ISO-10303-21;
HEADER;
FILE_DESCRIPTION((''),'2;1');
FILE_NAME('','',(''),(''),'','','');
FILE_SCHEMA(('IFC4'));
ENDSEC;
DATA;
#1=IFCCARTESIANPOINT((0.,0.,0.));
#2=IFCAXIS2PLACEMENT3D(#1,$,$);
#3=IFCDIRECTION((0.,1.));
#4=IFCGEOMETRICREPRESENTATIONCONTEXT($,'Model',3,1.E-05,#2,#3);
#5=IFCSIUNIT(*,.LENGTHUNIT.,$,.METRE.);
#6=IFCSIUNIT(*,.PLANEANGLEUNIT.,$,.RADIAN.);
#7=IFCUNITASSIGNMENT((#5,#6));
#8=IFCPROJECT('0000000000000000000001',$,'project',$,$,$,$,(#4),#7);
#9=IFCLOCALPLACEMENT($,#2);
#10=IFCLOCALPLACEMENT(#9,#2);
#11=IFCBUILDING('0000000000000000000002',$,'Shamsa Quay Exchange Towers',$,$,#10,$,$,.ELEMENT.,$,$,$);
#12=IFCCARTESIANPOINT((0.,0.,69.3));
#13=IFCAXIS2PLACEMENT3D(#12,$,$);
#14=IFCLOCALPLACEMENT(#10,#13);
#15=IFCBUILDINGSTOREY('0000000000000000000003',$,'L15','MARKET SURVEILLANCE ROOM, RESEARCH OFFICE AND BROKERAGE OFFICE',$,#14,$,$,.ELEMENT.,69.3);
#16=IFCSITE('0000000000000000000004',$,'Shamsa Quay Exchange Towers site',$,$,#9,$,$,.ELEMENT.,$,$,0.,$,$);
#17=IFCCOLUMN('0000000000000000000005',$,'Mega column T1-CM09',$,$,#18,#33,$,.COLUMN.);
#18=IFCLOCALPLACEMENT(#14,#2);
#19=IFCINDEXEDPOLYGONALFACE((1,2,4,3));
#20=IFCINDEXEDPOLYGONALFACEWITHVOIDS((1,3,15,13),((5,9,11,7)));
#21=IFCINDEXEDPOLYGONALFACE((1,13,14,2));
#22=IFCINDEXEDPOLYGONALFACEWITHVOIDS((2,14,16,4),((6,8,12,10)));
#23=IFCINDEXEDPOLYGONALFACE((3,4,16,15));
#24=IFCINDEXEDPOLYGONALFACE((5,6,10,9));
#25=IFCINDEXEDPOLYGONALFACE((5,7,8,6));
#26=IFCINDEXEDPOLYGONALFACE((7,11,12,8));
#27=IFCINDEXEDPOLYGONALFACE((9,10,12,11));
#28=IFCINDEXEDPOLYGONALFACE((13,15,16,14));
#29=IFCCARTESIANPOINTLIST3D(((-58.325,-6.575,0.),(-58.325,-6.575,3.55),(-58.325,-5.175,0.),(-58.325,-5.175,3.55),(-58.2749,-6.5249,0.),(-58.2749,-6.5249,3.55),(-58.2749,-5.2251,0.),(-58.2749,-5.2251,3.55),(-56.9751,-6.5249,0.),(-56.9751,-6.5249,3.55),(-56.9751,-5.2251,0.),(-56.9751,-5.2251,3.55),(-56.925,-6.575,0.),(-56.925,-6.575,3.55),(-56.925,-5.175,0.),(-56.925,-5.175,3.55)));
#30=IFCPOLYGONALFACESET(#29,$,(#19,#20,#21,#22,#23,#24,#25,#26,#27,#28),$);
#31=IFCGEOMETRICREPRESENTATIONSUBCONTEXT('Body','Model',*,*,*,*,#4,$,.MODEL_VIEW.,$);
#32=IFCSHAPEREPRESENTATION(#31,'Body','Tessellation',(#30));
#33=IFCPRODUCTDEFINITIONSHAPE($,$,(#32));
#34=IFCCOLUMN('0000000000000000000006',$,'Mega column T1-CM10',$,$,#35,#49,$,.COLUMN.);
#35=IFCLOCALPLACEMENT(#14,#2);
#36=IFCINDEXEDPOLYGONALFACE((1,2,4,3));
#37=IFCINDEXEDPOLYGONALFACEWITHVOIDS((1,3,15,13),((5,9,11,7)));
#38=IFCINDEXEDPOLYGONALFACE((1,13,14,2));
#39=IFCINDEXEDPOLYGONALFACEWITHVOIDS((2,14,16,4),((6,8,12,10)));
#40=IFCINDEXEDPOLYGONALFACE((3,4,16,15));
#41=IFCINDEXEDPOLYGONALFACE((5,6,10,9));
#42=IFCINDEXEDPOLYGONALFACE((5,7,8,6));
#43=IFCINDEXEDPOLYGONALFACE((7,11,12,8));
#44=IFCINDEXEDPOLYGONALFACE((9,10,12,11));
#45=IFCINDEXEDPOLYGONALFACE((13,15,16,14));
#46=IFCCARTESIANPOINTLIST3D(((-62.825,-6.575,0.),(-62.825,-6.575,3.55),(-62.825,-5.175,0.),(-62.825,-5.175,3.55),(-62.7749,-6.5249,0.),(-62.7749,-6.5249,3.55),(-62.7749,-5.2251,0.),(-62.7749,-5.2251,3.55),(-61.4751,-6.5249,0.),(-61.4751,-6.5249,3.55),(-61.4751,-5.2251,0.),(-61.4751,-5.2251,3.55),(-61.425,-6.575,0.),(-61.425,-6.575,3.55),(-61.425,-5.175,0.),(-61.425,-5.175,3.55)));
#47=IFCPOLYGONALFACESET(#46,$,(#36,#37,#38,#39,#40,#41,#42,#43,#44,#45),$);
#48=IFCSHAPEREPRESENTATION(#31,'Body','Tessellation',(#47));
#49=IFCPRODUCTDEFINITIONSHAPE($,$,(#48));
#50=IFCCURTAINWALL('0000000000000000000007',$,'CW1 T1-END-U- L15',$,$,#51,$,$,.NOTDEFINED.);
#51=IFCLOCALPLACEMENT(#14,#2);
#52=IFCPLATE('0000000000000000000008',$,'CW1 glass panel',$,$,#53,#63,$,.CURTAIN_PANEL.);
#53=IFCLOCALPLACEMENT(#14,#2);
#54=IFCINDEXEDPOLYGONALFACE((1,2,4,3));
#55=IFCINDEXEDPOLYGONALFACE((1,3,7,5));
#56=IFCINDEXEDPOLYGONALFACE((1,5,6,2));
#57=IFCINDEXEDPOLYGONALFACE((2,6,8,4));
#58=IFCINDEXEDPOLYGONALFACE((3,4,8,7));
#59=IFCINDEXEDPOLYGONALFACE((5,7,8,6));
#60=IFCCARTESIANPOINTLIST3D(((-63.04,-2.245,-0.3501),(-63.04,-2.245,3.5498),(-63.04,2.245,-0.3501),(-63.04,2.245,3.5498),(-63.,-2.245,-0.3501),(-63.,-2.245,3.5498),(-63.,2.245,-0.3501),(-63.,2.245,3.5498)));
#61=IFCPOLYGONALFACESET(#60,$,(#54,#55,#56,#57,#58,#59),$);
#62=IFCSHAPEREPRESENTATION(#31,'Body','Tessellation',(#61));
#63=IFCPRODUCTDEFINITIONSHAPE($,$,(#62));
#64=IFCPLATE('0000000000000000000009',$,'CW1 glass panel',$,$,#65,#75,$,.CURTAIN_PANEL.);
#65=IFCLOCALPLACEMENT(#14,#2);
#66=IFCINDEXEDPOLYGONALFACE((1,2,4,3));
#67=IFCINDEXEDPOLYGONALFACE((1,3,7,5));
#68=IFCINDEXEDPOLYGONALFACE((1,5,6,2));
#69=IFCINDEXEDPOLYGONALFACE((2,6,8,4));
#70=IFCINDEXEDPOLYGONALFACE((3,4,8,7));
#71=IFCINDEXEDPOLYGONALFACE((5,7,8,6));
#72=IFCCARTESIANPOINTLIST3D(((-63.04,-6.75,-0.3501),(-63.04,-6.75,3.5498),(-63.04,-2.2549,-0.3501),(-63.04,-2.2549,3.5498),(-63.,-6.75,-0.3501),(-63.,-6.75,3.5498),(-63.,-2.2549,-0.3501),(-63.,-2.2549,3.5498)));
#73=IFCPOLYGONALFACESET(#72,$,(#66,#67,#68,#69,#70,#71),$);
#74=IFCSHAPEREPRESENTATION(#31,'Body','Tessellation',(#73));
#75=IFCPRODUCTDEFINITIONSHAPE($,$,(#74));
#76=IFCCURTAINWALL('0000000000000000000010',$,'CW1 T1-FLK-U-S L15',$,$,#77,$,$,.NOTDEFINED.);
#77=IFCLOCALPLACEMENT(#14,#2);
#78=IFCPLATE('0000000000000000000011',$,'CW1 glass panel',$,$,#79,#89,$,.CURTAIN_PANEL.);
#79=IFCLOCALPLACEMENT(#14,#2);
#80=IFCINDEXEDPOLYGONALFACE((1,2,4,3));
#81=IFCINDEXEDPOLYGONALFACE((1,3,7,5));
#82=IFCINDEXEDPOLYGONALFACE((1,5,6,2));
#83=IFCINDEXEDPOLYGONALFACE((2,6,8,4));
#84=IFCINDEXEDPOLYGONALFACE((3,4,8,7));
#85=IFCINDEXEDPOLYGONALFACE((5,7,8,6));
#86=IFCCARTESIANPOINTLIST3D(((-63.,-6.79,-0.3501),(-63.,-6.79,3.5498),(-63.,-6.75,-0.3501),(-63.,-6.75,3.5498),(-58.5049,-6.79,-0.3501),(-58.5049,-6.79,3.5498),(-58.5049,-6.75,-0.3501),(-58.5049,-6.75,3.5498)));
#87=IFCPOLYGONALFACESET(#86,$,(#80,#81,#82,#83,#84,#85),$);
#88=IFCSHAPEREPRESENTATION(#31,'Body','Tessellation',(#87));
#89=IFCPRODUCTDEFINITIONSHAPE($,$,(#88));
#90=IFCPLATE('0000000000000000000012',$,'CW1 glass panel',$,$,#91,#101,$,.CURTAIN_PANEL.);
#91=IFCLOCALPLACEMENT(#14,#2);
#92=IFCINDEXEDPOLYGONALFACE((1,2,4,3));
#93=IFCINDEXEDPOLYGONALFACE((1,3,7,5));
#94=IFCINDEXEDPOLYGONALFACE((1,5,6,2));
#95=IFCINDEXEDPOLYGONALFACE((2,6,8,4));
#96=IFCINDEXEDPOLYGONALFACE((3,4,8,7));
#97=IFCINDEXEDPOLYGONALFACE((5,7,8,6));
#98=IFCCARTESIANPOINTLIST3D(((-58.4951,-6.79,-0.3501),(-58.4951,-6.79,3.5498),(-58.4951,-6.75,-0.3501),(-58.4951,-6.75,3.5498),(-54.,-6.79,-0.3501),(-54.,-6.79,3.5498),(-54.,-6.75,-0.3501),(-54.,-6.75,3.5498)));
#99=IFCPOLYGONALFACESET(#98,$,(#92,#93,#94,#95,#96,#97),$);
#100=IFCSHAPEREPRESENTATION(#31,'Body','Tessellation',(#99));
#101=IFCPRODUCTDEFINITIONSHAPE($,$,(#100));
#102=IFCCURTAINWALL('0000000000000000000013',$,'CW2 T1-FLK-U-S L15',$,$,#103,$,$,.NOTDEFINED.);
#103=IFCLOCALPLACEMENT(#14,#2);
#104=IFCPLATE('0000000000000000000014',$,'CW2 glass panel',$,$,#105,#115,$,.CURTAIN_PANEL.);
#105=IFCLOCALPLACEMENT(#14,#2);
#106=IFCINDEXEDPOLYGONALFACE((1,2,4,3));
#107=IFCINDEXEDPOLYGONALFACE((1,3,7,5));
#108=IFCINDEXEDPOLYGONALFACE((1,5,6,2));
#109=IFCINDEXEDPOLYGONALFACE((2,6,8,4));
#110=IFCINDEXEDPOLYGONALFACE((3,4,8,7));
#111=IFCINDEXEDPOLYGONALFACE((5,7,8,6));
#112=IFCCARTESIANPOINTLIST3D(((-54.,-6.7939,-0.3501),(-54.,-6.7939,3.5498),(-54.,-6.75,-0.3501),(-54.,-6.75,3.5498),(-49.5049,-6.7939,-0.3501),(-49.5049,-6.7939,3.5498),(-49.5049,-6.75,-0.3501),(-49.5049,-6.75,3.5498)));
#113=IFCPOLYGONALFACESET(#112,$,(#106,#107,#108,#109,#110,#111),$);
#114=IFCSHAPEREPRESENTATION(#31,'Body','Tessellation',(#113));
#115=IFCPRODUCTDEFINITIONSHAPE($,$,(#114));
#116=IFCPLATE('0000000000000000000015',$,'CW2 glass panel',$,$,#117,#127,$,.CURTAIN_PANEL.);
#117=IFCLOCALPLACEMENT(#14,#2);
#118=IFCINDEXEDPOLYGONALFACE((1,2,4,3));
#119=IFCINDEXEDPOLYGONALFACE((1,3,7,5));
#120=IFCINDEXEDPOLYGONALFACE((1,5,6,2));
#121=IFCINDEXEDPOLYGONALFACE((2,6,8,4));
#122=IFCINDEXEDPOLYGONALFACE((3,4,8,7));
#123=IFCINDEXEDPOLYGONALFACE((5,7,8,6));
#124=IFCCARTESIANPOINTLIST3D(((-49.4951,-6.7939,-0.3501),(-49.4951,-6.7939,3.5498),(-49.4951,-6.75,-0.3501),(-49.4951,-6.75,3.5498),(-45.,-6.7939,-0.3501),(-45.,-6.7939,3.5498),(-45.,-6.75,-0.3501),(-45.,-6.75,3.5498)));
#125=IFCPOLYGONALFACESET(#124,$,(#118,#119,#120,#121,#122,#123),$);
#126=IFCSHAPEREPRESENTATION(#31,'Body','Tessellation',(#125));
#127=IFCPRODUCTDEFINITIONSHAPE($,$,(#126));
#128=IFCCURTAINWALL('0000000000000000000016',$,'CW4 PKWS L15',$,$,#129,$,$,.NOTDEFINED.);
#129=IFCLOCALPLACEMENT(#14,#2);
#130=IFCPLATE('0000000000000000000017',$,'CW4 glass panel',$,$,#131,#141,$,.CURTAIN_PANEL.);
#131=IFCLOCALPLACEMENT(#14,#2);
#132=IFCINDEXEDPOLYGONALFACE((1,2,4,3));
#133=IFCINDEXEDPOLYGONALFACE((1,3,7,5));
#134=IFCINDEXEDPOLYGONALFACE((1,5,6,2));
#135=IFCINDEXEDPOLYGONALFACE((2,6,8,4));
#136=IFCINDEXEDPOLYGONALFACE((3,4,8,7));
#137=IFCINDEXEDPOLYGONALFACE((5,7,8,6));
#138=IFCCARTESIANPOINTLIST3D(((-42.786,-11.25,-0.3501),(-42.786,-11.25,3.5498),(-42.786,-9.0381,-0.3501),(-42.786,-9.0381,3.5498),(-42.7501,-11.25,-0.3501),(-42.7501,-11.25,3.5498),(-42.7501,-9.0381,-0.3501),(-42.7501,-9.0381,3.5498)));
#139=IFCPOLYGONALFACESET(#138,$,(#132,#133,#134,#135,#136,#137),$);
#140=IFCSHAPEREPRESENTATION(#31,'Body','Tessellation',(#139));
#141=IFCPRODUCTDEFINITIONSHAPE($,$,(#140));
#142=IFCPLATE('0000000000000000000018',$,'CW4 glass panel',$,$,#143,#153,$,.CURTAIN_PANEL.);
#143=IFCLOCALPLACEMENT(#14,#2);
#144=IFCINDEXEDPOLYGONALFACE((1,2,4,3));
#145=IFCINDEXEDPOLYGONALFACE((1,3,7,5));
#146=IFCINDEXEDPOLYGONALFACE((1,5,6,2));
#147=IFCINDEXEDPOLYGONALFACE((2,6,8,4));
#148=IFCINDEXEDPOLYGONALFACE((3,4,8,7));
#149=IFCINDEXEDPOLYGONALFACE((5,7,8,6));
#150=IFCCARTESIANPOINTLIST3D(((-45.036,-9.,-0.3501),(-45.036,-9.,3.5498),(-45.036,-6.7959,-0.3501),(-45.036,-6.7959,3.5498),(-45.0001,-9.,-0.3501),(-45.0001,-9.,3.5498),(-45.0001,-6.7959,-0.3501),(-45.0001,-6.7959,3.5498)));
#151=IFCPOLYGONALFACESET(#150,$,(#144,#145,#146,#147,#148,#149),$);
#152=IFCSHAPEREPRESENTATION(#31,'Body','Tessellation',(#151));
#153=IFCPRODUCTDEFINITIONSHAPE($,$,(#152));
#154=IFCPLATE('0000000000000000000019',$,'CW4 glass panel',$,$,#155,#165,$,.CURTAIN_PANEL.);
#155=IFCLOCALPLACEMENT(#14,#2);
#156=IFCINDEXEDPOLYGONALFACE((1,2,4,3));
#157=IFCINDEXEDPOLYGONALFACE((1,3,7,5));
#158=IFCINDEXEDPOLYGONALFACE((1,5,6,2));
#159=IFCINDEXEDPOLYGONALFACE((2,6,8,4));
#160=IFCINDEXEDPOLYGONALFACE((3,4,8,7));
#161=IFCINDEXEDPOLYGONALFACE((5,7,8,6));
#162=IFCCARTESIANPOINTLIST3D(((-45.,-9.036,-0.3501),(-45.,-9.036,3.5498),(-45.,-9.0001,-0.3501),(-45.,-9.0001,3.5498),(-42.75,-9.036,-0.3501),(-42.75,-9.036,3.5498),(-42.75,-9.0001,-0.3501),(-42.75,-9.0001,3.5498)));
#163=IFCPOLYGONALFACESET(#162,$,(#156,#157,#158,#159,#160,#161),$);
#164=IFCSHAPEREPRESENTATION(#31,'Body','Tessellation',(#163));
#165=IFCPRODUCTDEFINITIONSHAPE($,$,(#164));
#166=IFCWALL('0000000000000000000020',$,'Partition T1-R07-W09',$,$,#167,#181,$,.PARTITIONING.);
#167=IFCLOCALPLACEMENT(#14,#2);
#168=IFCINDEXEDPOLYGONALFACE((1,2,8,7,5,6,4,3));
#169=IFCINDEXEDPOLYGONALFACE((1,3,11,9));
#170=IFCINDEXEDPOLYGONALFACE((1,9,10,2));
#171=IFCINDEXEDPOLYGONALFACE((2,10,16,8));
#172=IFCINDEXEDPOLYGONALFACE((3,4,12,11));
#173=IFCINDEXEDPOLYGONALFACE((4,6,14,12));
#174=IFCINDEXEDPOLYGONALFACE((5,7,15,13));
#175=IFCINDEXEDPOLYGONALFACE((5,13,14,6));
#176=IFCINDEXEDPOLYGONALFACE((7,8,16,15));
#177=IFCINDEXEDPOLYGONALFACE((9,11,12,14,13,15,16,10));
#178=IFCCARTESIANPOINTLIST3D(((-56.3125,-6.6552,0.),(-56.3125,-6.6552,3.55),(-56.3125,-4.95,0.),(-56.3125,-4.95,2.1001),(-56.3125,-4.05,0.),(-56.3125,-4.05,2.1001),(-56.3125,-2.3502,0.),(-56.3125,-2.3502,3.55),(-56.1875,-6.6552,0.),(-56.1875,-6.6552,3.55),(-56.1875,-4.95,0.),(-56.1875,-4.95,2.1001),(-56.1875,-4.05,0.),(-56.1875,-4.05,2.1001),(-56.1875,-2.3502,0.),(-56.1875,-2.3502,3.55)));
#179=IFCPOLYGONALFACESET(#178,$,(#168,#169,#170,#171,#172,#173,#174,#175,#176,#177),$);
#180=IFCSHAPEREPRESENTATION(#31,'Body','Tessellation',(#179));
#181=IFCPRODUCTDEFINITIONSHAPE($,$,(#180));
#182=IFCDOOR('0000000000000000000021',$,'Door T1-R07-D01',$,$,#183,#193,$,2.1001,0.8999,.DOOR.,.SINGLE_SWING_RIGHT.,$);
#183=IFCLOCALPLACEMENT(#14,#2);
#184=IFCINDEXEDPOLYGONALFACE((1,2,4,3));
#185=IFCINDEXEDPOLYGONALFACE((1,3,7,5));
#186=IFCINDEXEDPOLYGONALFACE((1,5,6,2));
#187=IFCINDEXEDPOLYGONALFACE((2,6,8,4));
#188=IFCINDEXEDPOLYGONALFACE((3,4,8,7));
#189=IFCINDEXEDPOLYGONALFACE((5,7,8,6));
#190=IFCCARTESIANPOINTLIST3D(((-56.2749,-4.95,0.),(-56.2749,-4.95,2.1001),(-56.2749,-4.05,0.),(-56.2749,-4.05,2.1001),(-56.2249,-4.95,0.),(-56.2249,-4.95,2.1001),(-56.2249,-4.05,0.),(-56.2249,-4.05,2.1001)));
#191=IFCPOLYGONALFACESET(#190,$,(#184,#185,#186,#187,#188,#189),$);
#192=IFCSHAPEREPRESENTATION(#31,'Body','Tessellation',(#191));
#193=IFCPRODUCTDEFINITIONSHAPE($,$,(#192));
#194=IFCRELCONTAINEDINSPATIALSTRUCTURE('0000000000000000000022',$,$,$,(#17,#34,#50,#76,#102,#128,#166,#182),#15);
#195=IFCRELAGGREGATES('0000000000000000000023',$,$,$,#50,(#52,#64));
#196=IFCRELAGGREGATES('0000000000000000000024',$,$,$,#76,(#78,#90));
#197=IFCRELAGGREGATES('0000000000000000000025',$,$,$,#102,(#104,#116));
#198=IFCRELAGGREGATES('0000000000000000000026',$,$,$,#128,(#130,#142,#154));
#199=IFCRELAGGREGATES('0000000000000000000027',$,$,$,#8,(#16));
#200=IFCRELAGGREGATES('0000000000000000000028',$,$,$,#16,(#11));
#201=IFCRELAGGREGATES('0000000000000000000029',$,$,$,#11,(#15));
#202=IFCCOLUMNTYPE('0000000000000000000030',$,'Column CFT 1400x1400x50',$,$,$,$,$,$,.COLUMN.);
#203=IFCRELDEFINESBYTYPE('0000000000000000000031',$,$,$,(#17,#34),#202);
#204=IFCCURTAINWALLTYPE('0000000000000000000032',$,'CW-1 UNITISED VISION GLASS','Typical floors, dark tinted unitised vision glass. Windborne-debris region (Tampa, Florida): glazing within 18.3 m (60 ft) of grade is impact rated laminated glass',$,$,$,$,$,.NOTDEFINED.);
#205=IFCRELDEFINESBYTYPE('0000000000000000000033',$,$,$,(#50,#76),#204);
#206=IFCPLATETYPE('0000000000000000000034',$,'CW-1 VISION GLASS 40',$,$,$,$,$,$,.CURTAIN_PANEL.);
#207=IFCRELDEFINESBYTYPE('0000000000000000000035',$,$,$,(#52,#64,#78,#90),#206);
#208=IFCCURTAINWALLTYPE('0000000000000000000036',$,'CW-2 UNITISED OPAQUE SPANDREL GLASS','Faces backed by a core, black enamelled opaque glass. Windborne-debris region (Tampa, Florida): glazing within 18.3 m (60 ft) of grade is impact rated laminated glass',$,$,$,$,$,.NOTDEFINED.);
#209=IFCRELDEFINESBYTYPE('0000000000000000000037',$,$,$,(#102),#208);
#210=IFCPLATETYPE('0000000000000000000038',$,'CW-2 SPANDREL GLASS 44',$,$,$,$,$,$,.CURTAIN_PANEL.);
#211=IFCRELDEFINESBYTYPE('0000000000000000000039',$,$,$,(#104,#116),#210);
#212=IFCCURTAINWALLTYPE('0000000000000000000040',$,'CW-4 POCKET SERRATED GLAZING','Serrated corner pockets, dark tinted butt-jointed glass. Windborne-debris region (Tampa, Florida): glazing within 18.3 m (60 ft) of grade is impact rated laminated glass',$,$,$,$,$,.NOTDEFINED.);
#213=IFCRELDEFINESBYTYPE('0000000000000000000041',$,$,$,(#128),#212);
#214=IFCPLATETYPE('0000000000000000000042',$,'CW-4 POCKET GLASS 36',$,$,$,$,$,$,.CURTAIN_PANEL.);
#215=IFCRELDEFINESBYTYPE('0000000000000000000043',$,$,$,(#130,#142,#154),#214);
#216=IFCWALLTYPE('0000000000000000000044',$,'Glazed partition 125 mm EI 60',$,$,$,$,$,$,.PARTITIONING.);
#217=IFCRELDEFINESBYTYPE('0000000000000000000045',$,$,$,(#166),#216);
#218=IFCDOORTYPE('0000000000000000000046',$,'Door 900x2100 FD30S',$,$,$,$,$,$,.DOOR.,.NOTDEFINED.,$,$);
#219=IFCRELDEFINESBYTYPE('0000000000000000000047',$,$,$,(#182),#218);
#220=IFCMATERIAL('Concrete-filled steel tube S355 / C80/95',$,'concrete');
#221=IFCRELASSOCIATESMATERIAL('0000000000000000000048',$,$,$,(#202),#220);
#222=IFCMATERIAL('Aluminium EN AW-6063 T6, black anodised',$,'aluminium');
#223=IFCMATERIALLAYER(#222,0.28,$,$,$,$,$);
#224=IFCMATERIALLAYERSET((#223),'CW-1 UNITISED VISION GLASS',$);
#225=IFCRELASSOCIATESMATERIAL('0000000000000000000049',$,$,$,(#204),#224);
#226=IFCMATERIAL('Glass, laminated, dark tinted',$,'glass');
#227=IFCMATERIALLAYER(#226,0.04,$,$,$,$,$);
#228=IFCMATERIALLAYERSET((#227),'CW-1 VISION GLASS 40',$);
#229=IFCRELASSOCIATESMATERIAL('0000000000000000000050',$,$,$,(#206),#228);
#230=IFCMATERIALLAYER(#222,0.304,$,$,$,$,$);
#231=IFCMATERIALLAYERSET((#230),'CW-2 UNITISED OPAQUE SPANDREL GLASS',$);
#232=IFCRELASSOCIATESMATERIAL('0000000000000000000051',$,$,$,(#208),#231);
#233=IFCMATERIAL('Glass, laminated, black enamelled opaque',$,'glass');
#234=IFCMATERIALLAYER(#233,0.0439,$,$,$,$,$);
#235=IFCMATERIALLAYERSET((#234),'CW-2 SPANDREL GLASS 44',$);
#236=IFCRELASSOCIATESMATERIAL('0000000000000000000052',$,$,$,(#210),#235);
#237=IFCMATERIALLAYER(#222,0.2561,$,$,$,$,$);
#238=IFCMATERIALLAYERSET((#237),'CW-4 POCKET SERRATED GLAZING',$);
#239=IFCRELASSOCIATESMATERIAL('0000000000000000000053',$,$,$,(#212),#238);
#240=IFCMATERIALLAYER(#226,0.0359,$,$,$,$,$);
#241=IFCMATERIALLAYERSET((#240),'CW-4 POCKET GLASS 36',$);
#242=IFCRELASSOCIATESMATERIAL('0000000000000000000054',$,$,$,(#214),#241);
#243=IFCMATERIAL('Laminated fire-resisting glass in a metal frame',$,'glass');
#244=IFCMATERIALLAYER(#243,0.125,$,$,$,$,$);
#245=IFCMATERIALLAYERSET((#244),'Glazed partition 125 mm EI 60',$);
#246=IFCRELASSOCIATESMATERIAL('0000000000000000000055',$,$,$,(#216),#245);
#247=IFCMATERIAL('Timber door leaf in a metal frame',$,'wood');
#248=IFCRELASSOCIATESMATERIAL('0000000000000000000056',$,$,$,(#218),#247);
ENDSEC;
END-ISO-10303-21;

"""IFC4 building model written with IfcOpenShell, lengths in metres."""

from ifc_helpers import new_model, si_unit, direction, frame, frame_2d, origin, origin_2d, place, context, subcontext, project, spatial, rectangle, hollow_rectangle, extrude, material, layer, layer_set, material_profile, profile_set, type_object, element, fill, aggregate, save


model = new_model("IFC4")

# Units and contexts
model_context = context("Model", 3, precision=1e-05, world=origin(), true_north=direction((0.0, 1.0)))
body_context = subcontext(model_context, "Body", "Model", "MODEL_VIEW")
ifc_project = project(units=[si_unit("LENGTHUNIT", "METRE"), si_unit("PLANEANGLEUNIT", "RADIAN")], contexts=[model_context])

# Site, building, storey
site_placement = place(None, origin())
site = spatial("IfcSite", under=ifc_project, at=site_placement, Name="Shamsa Quay Exchange Towers site", CompositionType="ELEMENT", RefElevation=0.0)
building_placement = place(site_placement, origin())
building = spatial("IfcBuilding", under=site, at=building_placement, Name="Shamsa Quay Exchange Towers", CompositionType="ELEMENT")
storey_placement = place(building_placement, frame((0.0, 0.0, 69.3)))
storey = spatial("IfcBuildingStorey", under=building, at=storey_placement, Name="L15", Description="MARKET SURVEILLANCE ROOM, RESEARCH OFFICE AND BROKERAGE OFFICE", CompositionType="ELEMENT", Elevation=69.3)

# Columns
ifc_material_1 = material(Name="Concrete-filled steel tube S355 / C80/95", Category="concrete")
ifc_material_profile = material_profile(ifc_material_1, hollow_rectangle(XDim=1.3999, YDim=1.3999, WallThickness=0.05, at=origin_2d()), Name="CFT 1400x1400x50")
ifc_profile_set = profile_set([ifc_material_profile], Name="Concrete-filled steel tube S355 / C80/95")
column_type = type_object("IfcColumnType", Name="Column CFT 1400x1400x50", PredefinedType="COLUMN", material=ifc_profile_set)
for number, where, name in (
    (1, (-57.625, -5.875, 0.0), "Mega column T1-CM09"),
    (2, (-62.125, -5.875, 0.0), "Mega column T1-CM10"),
):
    element("IfcColumn", number, at=place(storey_placement, frame(where)), inside=storey, type_object=column_type, Name=name, PredefinedType="COLUMN", context=body_context, shape_type="SweptSolid", body=[
        extrude(hollow_rectangle(XDim=1.3999, YDim=1.3999, WallThickness=0.05, at=origin_2d()), origin(), (0.0, 0.0, 1.0), 3.55),
    ])

# Curtain walls, plates
ifc_material_2 = material(Name="Aluminium EN AW-6063 T6, black anodised", Category="aluminium")
ifc_layer_1 = layer(ifc_material_2, 0.28)
ifc_layer_set_1 = layer_set([ifc_layer_1], Name="CW-1 UNITISED VISION GLASS")
curtain_wall_type_1 = type_object("IfcCurtainWallType", Name="CW-1 UNITISED VISION GLASS", Description="Typical floors, dark tinted unitised vision glass. Windborne-debris region (Tampa, Florida): glazing within 18.3 m (60 ft) of grade is impact rated laminated glass", PredefinedType="NOTDEFINED", material=ifc_layer_set_1)
curtain_wall_1_placement = place(storey_placement, origin())
curtain_wall_1 = element("IfcCurtainWall", 3, at=curtain_wall_1_placement, inside=storey, type_object=curtain_wall_type_1, Name="CW1 T1-END-U- L15", PredefinedType="NOTDEFINED")
ifc_material_3 = material(Name="Glass, laminated, dark tinted", Category="glass")
ifc_layer_2 = layer(ifc_material_3, 0.04)
ifc_layer_set_2 = layer_set([ifc_layer_2], Name="CW-1 VISION GLASS 40")
plate_type_1 = type_object("IfcPlateType", Name="CW-1 VISION GLASS 40", PredefinedType="CURTAIN_PANEL", material=ifc_layer_set_2)
plate_1_placement = place(storey_placement, frame((-63.02, 0.0, -0.3501), z_axis=(0.0, 0.0, 1.0), x_axis=(0.0, -1.0, 0.0)))
plate_1 = element("IfcPlate", 4, at=plate_1_placement, type_object=plate_type_1, Name="CW1 glass panel", PredefinedType="CURTAIN_PANEL", context=body_context, shape_type="SweptSolid", body=[
    extrude(rectangle(XDim=4.49, YDim=0.04, at=origin_2d()), origin(), (0.0, 0.0, 1.0), 3.8999),
])
plate_2_placement = place(storey_placement, frame((-63.02, -4.5024, -0.3501), z_axis=(0.0, 0.0, 1.0), x_axis=(0.0, -1.0, 0.0)))
plate_2 = element("IfcPlate", 5, at=plate_2_placement, type_object=plate_type_1, Name="CW1 glass panel", PredefinedType="CURTAIN_PANEL", context=body_context, shape_type="SweptSolid", body=[
    extrude(rectangle(XDim=4.4951, YDim=0.04, at=origin_2d()), origin(), (0.0, 0.0, 1.0), 3.8999),
])
aggregate(curtain_wall_1, [plate_1, plate_2])
curtain_wall_2_placement = place(storey_placement, origin())
curtain_wall_2 = element("IfcCurtainWall", 6, at=curtain_wall_2_placement, inside=storey, type_object=curtain_wall_type_1, Name="CW1 T1-FLK-U-S L15", PredefinedType="NOTDEFINED")
plate_3_placement = place(storey_placement, frame((-60.7524, -6.77, -0.3501)))
plate_3 = element("IfcPlate", 7, at=plate_3_placement, type_object=plate_type_1, Name="CW1 glass panel", PredefinedType="CURTAIN_PANEL", context=body_context, shape_type="SweptSolid", body=[
    extrude(rectangle(XDim=4.4951, YDim=0.04, at=origin_2d()), origin(), (0.0, 0.0, 1.0), 3.8999),
])
plate_4_placement = place(storey_placement, frame((-56.2476, -6.77, -0.3501)))
plate_4 = element("IfcPlate", 8, at=plate_4_placement, type_object=plate_type_1, Name="CW1 glass panel", PredefinedType="CURTAIN_PANEL", context=body_context, shape_type="SweptSolid", body=[
    extrude(rectangle(XDim=4.4951, YDim=0.04, at=origin_2d()), origin(), (0.0, 0.0, 1.0), 3.8999),
])
aggregate(curtain_wall_2, [plate_3, plate_4])
ifc_layer_3 = layer(ifc_material_2, 0.304)
ifc_layer_set_3 = layer_set([ifc_layer_3], Name="CW-2 UNITISED OPAQUE SPANDREL GLASS")
curtain_wall_type_2 = type_object("IfcCurtainWallType", Name="CW-2 UNITISED OPAQUE SPANDREL GLASS", Description="Faces backed by a core, black enamelled opaque glass. Windborne-debris region (Tampa, Florida): glazing within 18.3 m (60 ft) of grade is impact rated laminated glass", PredefinedType="NOTDEFINED", material=ifc_layer_set_3)
curtain_wall_3_placement = place(storey_placement, origin())
curtain_wall_3 = element("IfcCurtainWall", 9, at=curtain_wall_3_placement, inside=storey, type_object=curtain_wall_type_2, Name="CW2 T1-FLK-U-S L15", PredefinedType="NOTDEFINED")
ifc_material_4 = material(Name="Glass, laminated, black enamelled opaque", Category="glass")
ifc_layer_4 = layer(ifc_material_4, 0.0439)
ifc_layer_set_4 = layer_set([ifc_layer_4], Name="CW-2 SPANDREL GLASS 44")
plate_type_2 = type_object("IfcPlateType", Name="CW-2 SPANDREL GLASS 44", PredefinedType="CURTAIN_PANEL", material=ifc_layer_set_4)
plate_5_placement = place(storey_placement, frame((-51.7524, -6.772, -0.3501)))
plate_5 = element("IfcPlate", 10, at=plate_5_placement, type_object=plate_type_2, Name="CW2 glass panel", PredefinedType="CURTAIN_PANEL", context=body_context, shape_type="SweptSolid", body=[
    extrude(rectangle(XDim=4.4951, YDim=0.0439, at=origin_2d()), origin(), (0.0, 0.0, 1.0), 3.8999),
])
plate_6_placement = place(storey_placement, frame((-47.2476, -6.772, -0.3501)))
plate_6 = element("IfcPlate", 11, at=plate_6_placement, type_object=plate_type_2, Name="CW2 glass panel", PredefinedType="CURTAIN_PANEL", context=body_context, shape_type="SweptSolid", body=[
    extrude(rectangle(XDim=4.4951, YDim=0.0439, at=origin_2d()), origin(), (0.0, 0.0, 1.0), 3.8999),
])
aggregate(curtain_wall_3, [plate_5, plate_6])
ifc_layer_5 = layer(ifc_material_2, 0.2561)
ifc_layer_set_5 = layer_set([ifc_layer_5], Name="CW-4 POCKET SERRATED GLAZING")
curtain_wall_type_3 = type_object("IfcCurtainWallType", Name="CW-4 POCKET SERRATED GLAZING", Description="Serrated corner pockets, dark tinted butt-jointed glass. Windborne-debris region (Tampa, Florida): glazing within 18.3 m (60 ft) of grade is impact rated laminated glass", PredefinedType="NOTDEFINED", material=ifc_layer_set_5)
curtain_wall_4_placement = place(storey_placement, origin())
curtain_wall_4 = element("IfcCurtainWall", 12, at=curtain_wall_4_placement, inside=storey, type_object=curtain_wall_type_3, Name="CW4 PKWS L15", PredefinedType="NOTDEFINED")
ifc_layer_6 = layer(ifc_material_3, 0.0359)
ifc_layer_set_6 = layer_set([ifc_layer_6], Name="CW-4 POCKET GLASS 36")
plate_type_3 = type_object("IfcPlateType", Name="CW-4 POCKET GLASS 36", PredefinedType="CURTAIN_PANEL", material=ifc_layer_set_6)
plate_7_placement = place(storey_placement, frame((-42.7681, -10.144, -0.3501), z_axis=(0.0, 0.0, 1.0), x_axis=(0.0, -1.0, 0.0)))
plate_7 = element("IfcPlate", 13, at=plate_7_placement, type_object=plate_type_3, Name="CW4 glass panel", PredefinedType="CURTAIN_PANEL", context=body_context, shape_type="SweptSolid", body=[
    extrude(rectangle(XDim=2.2119, YDim=0.0359, at=origin_2d()), origin(), (0.0, 0.0, 1.0), 3.8999),
])
plate_8_placement = place(storey_placement, frame((-45.0181, -7.8979, -0.3501), z_axis=(0.0, 0.0, 1.0), x_axis=(0.0, -1.0, 0.0)))
plate_8 = element("IfcPlate", 14, at=plate_8_placement, type_object=plate_type_3, Name="CW4 glass panel", PredefinedType="CURTAIN_PANEL", context=body_context, shape_type="SweptSolid", body=[
    extrude(rectangle(XDim=2.2041, YDim=0.0359, at=origin_2d()), origin(), (0.0, 0.0, 1.0), 3.8999),
])
plate_9_placement = place(storey_placement, frame((-43.875, -9.0181, -0.3501)))
plate_9 = element("IfcPlate", 15, at=plate_9_placement, type_object=plate_type_3, Name="CW4 glass panel", PredefinedType="CURTAIN_PANEL", context=body_context, shape_type="SweptSolid", body=[
    extrude(rectangle(XDim=2.25, YDim=0.0359, at=origin_2d()), origin(), (0.0, 0.0, 1.0), 3.8999),
])
aggregate(curtain_wall_4, [plate_7, plate_8, plate_9])

# Wall, opening, door
ifc_material_5 = material(Name="Laminated fire-resisting glass in a metal frame", Category="glass")
ifc_layer_7 = layer(ifc_material_5, 0.125)
ifc_layer_set_7 = layer_set([ifc_layer_7], Name="Glazed partition 125 mm EI 60")
wall_type_1 = type_object("IfcWallType", Name="Glazed partition 125 mm EI 60", PredefinedType="PARTITIONING", material=ifc_layer_set_7)
wall_1_placement = place(storey_placement, frame((-56.25, -6.655, 0.0), z_axis=(0.0, 0.0, 1.0), x_axis=(0.0, 1.0, 0.0)))
wall_1 = element("IfcWall", 16, at=wall_1_placement, inside=storey, type_object=wall_type_1, Name="Partition T1-R07-W09", PredefinedType="PARTITIONING", context=body_context, shape_type="SweptSolid", body=[
    extrude(rectangle(XDim=4.3049, YDim=0.125, at=frame_2d((2.1523, 0.0))), origin(), (0.0, 0.0, 1.0), 3.55),
])
opening_1_placement = place(wall_1_placement, frame((1.7051, 0.0, 0.0)))
opening_1 = element("IfcOpeningElement", 17, at=opening_1_placement, cuts=wall_1, PredefinedType="OPENING", context=body_context, shape_type="SweptSolid", body=[
    extrude(rectangle(XDim=0.8999, YDim=2.1001, at=frame_2d((0.45, 1.05))), frame((0.0, 0.0725, 0.0), z_axis=(0.0, -1.0, 0.0), x_axis=(1.0, 0.0, 0.0)), (0.0, 0.0, 1.0), 0.145),
])
ifc_material_6 = material(Name="Timber door leaf in a metal frame", Category="wood")
door_type_1 = type_object("IfcDoorType", Name="Door 900x2100 FD30S", OperationType="NOTDEFINED", PredefinedType="DOOR", material=ifc_material_6)
door_1_placement = place(opening_1_placement, origin())
door_1 = element("IfcDoor", 18, at=door_1_placement, inside=storey, type_object=door_type_1, Name="Door T1-R07-D01", OperationType="SINGLE_SWING_RIGHT", OverallHeight=2.1001, OverallWidth=0.8999, PredefinedType="DOOR", context=body_context, shape_type="SweptSolid", body=[
    extrude(rectangle(XDim=0.8999, YDim=2.1001, at=frame_2d((0.45, 1.05))), frame((0.0, 0.0249, 0.0), z_axis=(0.0, -1.0, 0.0), x_axis=(1.0, 0.0, 0.0)), (0.0, 0.0, 1.0), 0.05),
])
fill(opening_1, door_1)

save(model, "model.ifc")
